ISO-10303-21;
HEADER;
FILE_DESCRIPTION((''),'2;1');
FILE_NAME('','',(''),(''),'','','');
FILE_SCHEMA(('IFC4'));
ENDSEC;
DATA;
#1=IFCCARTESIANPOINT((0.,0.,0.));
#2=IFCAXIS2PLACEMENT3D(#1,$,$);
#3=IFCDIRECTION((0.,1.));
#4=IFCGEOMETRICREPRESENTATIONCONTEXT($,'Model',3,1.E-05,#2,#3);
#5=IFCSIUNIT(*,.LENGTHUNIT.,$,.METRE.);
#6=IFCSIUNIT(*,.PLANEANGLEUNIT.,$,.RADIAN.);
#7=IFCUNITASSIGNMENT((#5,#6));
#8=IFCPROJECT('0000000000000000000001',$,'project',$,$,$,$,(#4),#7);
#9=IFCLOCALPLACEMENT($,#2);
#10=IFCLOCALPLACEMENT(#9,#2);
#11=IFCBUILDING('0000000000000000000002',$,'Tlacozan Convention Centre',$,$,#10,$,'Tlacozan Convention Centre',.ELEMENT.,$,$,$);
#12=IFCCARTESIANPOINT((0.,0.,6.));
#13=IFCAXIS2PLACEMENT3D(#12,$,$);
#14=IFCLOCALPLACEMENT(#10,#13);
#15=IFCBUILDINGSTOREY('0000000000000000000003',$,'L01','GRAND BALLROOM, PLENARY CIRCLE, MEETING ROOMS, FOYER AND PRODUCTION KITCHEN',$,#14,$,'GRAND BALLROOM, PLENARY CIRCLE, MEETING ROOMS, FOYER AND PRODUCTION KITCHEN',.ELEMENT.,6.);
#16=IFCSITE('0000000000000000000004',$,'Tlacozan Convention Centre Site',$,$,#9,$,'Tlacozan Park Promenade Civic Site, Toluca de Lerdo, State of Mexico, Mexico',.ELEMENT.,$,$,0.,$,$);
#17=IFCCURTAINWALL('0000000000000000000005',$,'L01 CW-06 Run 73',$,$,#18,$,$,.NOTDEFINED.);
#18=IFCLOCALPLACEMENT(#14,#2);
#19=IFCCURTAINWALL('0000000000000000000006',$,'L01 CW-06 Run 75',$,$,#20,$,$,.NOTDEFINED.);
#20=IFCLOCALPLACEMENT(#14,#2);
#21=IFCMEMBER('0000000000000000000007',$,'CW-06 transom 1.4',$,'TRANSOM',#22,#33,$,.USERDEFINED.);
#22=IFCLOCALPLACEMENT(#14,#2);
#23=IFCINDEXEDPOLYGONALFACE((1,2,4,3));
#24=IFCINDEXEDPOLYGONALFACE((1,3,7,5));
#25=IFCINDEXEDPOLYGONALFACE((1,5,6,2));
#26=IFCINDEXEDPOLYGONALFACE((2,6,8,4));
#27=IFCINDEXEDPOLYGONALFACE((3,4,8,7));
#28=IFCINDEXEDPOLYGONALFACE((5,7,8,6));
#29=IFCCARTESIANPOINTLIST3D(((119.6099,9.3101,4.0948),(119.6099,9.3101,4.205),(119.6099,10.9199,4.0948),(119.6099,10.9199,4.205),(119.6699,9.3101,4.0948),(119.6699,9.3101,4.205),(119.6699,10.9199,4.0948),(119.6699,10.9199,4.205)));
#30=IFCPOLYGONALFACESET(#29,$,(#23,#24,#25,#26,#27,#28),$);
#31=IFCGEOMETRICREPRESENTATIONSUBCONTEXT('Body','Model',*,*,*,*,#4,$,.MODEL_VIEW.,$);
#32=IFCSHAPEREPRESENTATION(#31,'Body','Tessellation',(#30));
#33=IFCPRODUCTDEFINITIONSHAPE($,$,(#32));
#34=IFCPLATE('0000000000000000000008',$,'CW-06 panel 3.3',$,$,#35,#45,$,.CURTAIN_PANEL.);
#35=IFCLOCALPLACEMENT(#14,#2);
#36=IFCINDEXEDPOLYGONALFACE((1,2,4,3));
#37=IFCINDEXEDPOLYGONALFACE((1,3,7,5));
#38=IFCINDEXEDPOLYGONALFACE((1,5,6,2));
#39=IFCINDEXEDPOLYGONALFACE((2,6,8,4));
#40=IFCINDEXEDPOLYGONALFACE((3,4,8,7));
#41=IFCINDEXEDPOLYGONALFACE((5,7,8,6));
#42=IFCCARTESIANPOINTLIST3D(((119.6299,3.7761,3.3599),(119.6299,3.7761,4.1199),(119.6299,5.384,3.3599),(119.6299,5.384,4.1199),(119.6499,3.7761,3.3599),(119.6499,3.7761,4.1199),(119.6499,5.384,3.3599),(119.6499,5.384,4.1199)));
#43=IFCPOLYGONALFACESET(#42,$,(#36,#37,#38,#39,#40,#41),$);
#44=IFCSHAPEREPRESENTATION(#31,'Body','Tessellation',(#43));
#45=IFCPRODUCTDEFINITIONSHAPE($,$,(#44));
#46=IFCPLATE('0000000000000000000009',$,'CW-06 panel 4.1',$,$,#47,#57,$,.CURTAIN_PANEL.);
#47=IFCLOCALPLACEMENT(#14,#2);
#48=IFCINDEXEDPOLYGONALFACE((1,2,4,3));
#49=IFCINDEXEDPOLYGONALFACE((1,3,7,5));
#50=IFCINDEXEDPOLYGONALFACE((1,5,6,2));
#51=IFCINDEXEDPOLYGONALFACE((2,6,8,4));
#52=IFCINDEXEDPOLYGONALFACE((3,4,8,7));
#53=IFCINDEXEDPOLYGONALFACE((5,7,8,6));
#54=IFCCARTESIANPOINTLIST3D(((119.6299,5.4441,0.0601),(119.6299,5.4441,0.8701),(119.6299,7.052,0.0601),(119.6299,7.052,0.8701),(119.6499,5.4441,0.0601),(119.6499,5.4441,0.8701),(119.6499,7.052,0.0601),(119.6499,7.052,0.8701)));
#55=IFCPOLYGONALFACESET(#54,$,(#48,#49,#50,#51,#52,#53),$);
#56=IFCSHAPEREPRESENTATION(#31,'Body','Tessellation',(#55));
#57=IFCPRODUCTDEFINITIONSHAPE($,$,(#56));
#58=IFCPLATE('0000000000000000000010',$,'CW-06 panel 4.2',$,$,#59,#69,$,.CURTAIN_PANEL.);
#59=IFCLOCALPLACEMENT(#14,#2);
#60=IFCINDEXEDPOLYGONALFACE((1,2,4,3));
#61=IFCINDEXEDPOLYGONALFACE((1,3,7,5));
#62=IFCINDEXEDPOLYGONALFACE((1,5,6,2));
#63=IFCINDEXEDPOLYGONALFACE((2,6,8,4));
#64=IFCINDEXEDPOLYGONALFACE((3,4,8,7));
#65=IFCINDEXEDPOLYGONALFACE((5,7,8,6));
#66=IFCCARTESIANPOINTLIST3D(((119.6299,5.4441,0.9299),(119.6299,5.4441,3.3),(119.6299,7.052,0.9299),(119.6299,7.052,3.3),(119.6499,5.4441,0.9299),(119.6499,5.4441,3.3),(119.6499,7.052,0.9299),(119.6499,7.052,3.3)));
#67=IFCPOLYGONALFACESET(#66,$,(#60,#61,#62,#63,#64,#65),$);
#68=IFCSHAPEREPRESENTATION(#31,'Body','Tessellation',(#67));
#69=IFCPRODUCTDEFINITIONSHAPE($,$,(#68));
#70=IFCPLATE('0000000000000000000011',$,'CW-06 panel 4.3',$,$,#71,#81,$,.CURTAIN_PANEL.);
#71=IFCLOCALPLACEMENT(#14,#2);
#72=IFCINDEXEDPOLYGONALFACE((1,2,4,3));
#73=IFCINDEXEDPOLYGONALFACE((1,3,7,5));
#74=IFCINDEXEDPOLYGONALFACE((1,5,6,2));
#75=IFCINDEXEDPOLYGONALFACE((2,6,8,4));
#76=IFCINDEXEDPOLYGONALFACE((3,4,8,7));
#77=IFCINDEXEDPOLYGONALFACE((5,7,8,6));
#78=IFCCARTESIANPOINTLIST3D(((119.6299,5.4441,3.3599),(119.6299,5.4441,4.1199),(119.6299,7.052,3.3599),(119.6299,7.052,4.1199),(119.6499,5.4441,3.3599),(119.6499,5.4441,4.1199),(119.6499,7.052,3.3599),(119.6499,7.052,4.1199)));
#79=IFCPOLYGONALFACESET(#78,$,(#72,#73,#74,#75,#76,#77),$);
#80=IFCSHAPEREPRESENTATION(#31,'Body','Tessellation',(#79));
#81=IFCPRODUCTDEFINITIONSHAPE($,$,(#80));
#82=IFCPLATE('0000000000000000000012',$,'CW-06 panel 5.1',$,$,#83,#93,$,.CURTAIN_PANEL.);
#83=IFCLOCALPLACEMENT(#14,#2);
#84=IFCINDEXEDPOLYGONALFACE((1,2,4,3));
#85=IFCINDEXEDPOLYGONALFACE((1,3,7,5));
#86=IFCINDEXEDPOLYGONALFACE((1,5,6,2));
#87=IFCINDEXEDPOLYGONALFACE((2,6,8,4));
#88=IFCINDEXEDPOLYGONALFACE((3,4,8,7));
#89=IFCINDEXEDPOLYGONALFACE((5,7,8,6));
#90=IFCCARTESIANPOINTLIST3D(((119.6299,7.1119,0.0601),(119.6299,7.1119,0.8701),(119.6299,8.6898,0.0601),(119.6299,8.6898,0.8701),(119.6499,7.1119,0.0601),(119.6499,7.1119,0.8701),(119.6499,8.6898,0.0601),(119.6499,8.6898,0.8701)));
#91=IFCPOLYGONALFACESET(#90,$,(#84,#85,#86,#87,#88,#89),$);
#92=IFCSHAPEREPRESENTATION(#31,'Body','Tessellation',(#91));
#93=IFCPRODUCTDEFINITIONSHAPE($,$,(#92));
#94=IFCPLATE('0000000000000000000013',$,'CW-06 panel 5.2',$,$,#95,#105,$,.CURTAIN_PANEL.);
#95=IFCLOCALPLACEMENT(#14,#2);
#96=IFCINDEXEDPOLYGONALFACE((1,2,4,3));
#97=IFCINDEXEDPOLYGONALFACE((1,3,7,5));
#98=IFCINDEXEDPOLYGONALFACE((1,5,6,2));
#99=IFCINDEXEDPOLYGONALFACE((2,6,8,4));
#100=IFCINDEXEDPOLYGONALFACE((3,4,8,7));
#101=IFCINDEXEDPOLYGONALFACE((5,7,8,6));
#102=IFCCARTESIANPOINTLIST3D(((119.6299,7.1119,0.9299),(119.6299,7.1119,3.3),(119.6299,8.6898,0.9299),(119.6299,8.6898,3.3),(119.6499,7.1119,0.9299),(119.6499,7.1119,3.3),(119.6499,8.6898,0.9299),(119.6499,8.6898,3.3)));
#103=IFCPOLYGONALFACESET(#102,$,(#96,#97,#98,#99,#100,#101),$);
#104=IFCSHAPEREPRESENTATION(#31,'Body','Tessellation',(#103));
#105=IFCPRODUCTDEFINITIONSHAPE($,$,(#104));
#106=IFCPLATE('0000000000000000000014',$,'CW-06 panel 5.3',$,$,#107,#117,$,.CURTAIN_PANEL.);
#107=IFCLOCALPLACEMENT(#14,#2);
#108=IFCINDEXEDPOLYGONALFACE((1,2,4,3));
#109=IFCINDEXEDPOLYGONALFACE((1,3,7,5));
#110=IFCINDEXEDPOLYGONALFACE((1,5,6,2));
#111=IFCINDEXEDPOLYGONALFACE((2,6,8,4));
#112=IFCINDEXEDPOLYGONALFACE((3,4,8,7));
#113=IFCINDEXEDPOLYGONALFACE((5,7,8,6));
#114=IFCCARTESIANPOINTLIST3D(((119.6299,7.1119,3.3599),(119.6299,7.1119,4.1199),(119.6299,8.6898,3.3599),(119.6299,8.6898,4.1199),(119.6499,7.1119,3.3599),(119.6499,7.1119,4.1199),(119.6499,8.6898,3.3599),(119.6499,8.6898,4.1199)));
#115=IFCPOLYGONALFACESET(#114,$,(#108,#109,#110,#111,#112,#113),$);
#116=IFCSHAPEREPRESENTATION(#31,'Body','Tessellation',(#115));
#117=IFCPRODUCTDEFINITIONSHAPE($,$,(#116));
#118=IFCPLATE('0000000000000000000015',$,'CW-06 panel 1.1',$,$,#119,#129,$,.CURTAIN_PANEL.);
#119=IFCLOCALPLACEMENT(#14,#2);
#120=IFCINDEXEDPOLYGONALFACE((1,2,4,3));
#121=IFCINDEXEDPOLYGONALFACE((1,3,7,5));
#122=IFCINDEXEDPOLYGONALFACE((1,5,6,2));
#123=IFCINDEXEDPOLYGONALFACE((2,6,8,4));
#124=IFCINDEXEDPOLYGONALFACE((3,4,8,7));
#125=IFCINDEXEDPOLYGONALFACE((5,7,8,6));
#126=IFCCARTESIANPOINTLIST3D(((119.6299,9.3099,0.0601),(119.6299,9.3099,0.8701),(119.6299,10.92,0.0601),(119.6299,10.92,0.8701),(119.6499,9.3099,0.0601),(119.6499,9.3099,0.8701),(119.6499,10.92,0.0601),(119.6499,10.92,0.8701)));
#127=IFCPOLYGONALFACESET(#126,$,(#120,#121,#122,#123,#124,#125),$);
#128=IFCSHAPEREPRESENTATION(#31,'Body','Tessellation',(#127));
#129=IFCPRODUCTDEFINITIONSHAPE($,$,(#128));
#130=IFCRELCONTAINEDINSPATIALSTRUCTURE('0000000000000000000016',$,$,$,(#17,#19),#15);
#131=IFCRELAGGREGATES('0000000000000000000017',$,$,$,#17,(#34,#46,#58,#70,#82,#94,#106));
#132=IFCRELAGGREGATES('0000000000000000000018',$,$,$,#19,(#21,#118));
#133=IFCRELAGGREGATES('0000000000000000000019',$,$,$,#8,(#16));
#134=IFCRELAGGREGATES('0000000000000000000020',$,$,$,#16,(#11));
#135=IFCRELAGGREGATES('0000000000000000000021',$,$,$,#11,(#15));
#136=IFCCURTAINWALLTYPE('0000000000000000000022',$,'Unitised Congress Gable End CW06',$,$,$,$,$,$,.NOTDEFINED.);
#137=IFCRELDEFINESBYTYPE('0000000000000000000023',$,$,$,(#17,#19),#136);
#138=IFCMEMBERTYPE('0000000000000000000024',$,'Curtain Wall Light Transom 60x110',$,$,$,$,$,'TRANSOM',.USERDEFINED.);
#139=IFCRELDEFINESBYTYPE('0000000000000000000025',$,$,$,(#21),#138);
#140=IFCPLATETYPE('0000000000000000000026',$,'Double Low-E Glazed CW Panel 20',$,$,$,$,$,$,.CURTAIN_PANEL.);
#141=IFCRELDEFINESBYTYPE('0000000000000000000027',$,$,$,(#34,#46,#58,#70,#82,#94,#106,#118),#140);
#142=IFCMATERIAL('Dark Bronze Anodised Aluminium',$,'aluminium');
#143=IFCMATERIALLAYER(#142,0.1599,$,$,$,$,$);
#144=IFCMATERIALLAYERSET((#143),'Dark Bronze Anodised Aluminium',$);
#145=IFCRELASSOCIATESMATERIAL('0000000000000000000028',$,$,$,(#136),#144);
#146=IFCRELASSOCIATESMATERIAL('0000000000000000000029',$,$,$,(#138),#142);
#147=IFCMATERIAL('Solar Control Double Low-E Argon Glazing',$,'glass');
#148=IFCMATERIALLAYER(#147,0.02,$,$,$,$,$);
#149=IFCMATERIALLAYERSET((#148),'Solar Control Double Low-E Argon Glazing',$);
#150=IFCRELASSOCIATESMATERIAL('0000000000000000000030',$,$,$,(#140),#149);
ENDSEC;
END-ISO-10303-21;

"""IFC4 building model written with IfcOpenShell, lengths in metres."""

from ifc_helpers import new_model, si_unit, direction, frame, origin, origin_2d, place, context, subcontext, project, spatial, rectangle, extrude, material, layer, layer_set, material_profile, profile_set, type_object, element, aggregate, save


model = new_model("IFC4")

# Units and contexts
model_context = context("Model", 3, precision=1e-05, world=origin(), true_north=direction((0.0, 1.0)))
body_context = subcontext(model_context, "Body", "Model", "MODEL_VIEW")
ifc_project = project(units=[si_unit("LENGTHUNIT", "METRE"), si_unit("PLANEANGLEUNIT", "RADIAN")], contexts=[model_context])

# Site, building, storey
site_placement = place(None, origin())
site = spatial("IfcSite", under=ifc_project, at=site_placement, Name="Tlacozan Convention Centre Site", LongName="Tlacozan Park Promenade Civic Site, Toluca de Lerdo, State of Mexico, Mexico", CompositionType="ELEMENT", RefElevation=0.0)
building_placement = place(site_placement, origin())
building = spatial("IfcBuilding", under=site, at=building_placement, Name="Tlacozan Convention Centre", LongName="Tlacozan Convention Centre", CompositionType="ELEMENT")
storey_placement = place(building_placement, frame((0.0, 0.0, 6.0)))
storey = spatial("IfcBuildingStorey", under=building, at=storey_placement, Name="L01", Description="GRAND BALLROOM, PLENARY CIRCLE, MEETING ROOMS, FOYER AND PRODUCTION KITCHEN", LongName="GRAND BALLROOM, PLENARY CIRCLE, MEETING ROOMS, FOYER AND PRODUCTION KITCHEN", CompositionType="ELEMENT", Elevation=6.0)

# Curtain wall
ifc_material_1 = material(Name="Dark Bronze Anodised Aluminium", Category="aluminium")
ifc_layer_1 = layer(ifc_material_1, 0.1599)
ifc_layer_set_1 = layer_set([ifc_layer_1], Name="Dark Bronze Anodised Aluminium")
curtain_wall_type = type_object("IfcCurtainWallType", Name="Unitised Congress Gable End CW06", PredefinedType="NOTDEFINED", material=ifc_layer_set_1)
curtain_wall_1_placement = place(storey_placement, origin())
curtain_wall_1 = element("IfcCurtainWall", 1, at=curtain_wall_1_placement, inside=storey, type_object=curtain_wall_type, Name="L01 CW-06 Run 73", PredefinedType="NOTDEFINED")

# Curtain wall
curtain_wall_2_placement = place(storey_placement, origin())
curtain_wall_2 = element("IfcCurtainWall", 2, at=curtain_wall_2_placement, inside=storey, type_object=curtain_wall_type, Name="L01 CW-06 Run 75", PredefinedType="NOTDEFINED")

# Member
ifc_material_profile_1 = material_profile(ifc_material_1, rectangle(XDim=0.0601, YDim=0.1101, at=origin_2d()), Name="ALU 60x110")
ifc_profile_set_1 = profile_set([ifc_material_profile_1], Name="Dark Bronze Anodised Aluminium")
member_type_1 = type_object("IfcMemberType", Name="Curtain Wall Light Transom 60x110", ElementType="TRANSOM", PredefinedType="USERDEFINED", material=ifc_profile_set_1)
member_1_placement = place(storey_placement, frame((119.6399, 9.3101, 4.1499), z_axis=(0.0, 1.0, 0.0), x_axis=(-1.0, 0.0, 0.0)))
member_1 = element("IfcMember", 3, at=member_1_placement, type_object=member_type_1, Name="CW-06 transom 1.4", ObjectType="TRANSOM", PredefinedType="USERDEFINED", context=body_context, shape_type="SweptSolid", body=[
    extrude(rectangle(XDim=0.0601, YDim=0.1101, at=origin_2d()), origin(), (0.0, 0.0, 1.0), 1.6099),
])

# Plates
ifc_material_2 = material(Name="Solar Control Double Low-E Argon Glazing", Category="glass")
ifc_layer_2 = layer(ifc_material_2, 0.02)
ifc_layer_set_2 = layer_set([ifc_layer_2], Name="Solar Control Double Low-E Argon Glazing")
plate_type = type_object("IfcPlateType", Name="Double Low-E Glazed CW Panel 20", PredefinedType="CURTAIN_PANEL", material=ifc_layer_set_2)
plate_1_placement = place(storey_placement, frame((119.6399, 4.5801, 3.3599), z_axis=(0.0, 0.0, 1.0), x_axis=(0.0, 1.0, 0.0)))
plate_1 = element("IfcPlate", 4, at=plate_1_placement, type_object=plate_type, Name="CW-06 panel 3.3", PredefinedType="CURTAIN_PANEL", context=body_context, shape_type="SweptSolid", body=[
    extrude(rectangle(XDim=1.6079, YDim=0.02, at=origin_2d()), origin(), (0.0, 0.0, 1.0), 0.76),
])
plate_2_placement = place(storey_placement, frame((119.6399, 6.248, 0.0601), z_axis=(0.0, 0.0, 1.0), x_axis=(0.0, 1.0, 0.0)))
plate_2 = element("IfcPlate", 5, at=plate_2_placement, type_object=plate_type, Name="CW-06 panel 4.1", PredefinedType="CURTAIN_PANEL", context=body_context, shape_type="SweptSolid", body=[
    extrude(rectangle(XDim=1.6079, YDim=0.02, at=origin_2d()), origin(), (0.0, 0.0, 1.0), 0.8101),
])
plate_3_placement = place(storey_placement, frame((119.6399, 6.248, 0.9299), z_axis=(0.0, 0.0, 1.0), x_axis=(0.0, 1.0, 0.0)))
plate_3 = element("IfcPlate", 6, at=plate_3_placement, type_object=plate_type, Name="CW-06 panel 4.2", PredefinedType="CURTAIN_PANEL", context=body_context, shape_type="SweptSolid", body=[
    extrude(rectangle(XDim=1.6079, YDim=0.02, at=origin_2d()), origin(), (0.0, 0.0, 1.0), 2.3701),
])
plate_4_placement = place(storey_placement, frame((119.6399, 6.248, 3.3599), z_axis=(0.0, 0.0, 1.0), x_axis=(0.0, 1.0, 0.0)))
plate_4 = element("IfcPlate", 7, at=plate_4_placement, type_object=plate_type, Name="CW-06 panel 4.3", PredefinedType="CURTAIN_PANEL", context=body_context, shape_type="SweptSolid", body=[
    extrude(rectangle(XDim=1.6079, YDim=0.02, at=origin_2d()), origin(), (0.0, 0.0, 1.0), 0.76),
])
plate_5_placement = place(storey_placement, frame((119.6399, 7.9009, 0.0601), z_axis=(0.0, 0.0, 1.0), x_axis=(0.0, 1.0, 0.0)))
plate_5 = element("IfcPlate", 8, at=plate_5_placement, type_object=plate_type, Name="CW-06 panel 5.1", PredefinedType="CURTAIN_PANEL", context=body_context, shape_type="SweptSolid", body=[
    extrude(rectangle(XDim=1.5779, YDim=0.02, at=origin_2d()), origin(), (0.0, 0.0, 1.0), 0.8101),
])
plate_6_placement = place(storey_placement, frame((119.6399, 7.9009, 0.9299), z_axis=(0.0, 0.0, 1.0), x_axis=(0.0, 1.0, 0.0)))
plate_6 = element("IfcPlate", 9, at=plate_6_placement, type_object=plate_type, Name="CW-06 panel 5.2", PredefinedType="CURTAIN_PANEL", context=body_context, shape_type="SweptSolid", body=[
    extrude(rectangle(XDim=1.5779, YDim=0.02, at=origin_2d()), origin(), (0.0, 0.0, 1.0), 2.3701),
])
plate_7_placement = place(storey_placement, frame((119.6399, 7.9009, 3.3599), z_axis=(0.0, 0.0, 1.0), x_axis=(0.0, 1.0, 0.0)))
plate_7 = element("IfcPlate", 10, at=plate_7_placement, type_object=plate_type, Name="CW-06 panel 5.3", PredefinedType="CURTAIN_PANEL", context=body_context, shape_type="SweptSolid", body=[
    extrude(rectangle(XDim=1.5779, YDim=0.02, at=origin_2d()), origin(), (0.0, 0.0, 1.0), 0.76),
])
aggregate(curtain_wall_1, [plate_1, plate_2, plate_3, plate_4, plate_5, plate_6, plate_7])
plate_8_placement = place(storey_placement, frame((119.6399, 10.115, 0.0601), z_axis=(0.0, 0.0, 1.0), x_axis=(0.0, 1.0, 0.0)))
plate_8 = element("IfcPlate", 11, at=plate_8_placement, type_object=plate_type, Name="CW-06 panel 1.1", PredefinedType="CURTAIN_PANEL", context=body_context, shape_type="SweptSolid", body=[
    extrude(rectangle(XDim=1.6101, YDim=0.02, at=origin_2d()), origin(), (0.0, 0.0, 1.0), 0.8101),
])
aggregate(curtain_wall_2, [member_1, plate_8])

save(model, "model.ifc")
